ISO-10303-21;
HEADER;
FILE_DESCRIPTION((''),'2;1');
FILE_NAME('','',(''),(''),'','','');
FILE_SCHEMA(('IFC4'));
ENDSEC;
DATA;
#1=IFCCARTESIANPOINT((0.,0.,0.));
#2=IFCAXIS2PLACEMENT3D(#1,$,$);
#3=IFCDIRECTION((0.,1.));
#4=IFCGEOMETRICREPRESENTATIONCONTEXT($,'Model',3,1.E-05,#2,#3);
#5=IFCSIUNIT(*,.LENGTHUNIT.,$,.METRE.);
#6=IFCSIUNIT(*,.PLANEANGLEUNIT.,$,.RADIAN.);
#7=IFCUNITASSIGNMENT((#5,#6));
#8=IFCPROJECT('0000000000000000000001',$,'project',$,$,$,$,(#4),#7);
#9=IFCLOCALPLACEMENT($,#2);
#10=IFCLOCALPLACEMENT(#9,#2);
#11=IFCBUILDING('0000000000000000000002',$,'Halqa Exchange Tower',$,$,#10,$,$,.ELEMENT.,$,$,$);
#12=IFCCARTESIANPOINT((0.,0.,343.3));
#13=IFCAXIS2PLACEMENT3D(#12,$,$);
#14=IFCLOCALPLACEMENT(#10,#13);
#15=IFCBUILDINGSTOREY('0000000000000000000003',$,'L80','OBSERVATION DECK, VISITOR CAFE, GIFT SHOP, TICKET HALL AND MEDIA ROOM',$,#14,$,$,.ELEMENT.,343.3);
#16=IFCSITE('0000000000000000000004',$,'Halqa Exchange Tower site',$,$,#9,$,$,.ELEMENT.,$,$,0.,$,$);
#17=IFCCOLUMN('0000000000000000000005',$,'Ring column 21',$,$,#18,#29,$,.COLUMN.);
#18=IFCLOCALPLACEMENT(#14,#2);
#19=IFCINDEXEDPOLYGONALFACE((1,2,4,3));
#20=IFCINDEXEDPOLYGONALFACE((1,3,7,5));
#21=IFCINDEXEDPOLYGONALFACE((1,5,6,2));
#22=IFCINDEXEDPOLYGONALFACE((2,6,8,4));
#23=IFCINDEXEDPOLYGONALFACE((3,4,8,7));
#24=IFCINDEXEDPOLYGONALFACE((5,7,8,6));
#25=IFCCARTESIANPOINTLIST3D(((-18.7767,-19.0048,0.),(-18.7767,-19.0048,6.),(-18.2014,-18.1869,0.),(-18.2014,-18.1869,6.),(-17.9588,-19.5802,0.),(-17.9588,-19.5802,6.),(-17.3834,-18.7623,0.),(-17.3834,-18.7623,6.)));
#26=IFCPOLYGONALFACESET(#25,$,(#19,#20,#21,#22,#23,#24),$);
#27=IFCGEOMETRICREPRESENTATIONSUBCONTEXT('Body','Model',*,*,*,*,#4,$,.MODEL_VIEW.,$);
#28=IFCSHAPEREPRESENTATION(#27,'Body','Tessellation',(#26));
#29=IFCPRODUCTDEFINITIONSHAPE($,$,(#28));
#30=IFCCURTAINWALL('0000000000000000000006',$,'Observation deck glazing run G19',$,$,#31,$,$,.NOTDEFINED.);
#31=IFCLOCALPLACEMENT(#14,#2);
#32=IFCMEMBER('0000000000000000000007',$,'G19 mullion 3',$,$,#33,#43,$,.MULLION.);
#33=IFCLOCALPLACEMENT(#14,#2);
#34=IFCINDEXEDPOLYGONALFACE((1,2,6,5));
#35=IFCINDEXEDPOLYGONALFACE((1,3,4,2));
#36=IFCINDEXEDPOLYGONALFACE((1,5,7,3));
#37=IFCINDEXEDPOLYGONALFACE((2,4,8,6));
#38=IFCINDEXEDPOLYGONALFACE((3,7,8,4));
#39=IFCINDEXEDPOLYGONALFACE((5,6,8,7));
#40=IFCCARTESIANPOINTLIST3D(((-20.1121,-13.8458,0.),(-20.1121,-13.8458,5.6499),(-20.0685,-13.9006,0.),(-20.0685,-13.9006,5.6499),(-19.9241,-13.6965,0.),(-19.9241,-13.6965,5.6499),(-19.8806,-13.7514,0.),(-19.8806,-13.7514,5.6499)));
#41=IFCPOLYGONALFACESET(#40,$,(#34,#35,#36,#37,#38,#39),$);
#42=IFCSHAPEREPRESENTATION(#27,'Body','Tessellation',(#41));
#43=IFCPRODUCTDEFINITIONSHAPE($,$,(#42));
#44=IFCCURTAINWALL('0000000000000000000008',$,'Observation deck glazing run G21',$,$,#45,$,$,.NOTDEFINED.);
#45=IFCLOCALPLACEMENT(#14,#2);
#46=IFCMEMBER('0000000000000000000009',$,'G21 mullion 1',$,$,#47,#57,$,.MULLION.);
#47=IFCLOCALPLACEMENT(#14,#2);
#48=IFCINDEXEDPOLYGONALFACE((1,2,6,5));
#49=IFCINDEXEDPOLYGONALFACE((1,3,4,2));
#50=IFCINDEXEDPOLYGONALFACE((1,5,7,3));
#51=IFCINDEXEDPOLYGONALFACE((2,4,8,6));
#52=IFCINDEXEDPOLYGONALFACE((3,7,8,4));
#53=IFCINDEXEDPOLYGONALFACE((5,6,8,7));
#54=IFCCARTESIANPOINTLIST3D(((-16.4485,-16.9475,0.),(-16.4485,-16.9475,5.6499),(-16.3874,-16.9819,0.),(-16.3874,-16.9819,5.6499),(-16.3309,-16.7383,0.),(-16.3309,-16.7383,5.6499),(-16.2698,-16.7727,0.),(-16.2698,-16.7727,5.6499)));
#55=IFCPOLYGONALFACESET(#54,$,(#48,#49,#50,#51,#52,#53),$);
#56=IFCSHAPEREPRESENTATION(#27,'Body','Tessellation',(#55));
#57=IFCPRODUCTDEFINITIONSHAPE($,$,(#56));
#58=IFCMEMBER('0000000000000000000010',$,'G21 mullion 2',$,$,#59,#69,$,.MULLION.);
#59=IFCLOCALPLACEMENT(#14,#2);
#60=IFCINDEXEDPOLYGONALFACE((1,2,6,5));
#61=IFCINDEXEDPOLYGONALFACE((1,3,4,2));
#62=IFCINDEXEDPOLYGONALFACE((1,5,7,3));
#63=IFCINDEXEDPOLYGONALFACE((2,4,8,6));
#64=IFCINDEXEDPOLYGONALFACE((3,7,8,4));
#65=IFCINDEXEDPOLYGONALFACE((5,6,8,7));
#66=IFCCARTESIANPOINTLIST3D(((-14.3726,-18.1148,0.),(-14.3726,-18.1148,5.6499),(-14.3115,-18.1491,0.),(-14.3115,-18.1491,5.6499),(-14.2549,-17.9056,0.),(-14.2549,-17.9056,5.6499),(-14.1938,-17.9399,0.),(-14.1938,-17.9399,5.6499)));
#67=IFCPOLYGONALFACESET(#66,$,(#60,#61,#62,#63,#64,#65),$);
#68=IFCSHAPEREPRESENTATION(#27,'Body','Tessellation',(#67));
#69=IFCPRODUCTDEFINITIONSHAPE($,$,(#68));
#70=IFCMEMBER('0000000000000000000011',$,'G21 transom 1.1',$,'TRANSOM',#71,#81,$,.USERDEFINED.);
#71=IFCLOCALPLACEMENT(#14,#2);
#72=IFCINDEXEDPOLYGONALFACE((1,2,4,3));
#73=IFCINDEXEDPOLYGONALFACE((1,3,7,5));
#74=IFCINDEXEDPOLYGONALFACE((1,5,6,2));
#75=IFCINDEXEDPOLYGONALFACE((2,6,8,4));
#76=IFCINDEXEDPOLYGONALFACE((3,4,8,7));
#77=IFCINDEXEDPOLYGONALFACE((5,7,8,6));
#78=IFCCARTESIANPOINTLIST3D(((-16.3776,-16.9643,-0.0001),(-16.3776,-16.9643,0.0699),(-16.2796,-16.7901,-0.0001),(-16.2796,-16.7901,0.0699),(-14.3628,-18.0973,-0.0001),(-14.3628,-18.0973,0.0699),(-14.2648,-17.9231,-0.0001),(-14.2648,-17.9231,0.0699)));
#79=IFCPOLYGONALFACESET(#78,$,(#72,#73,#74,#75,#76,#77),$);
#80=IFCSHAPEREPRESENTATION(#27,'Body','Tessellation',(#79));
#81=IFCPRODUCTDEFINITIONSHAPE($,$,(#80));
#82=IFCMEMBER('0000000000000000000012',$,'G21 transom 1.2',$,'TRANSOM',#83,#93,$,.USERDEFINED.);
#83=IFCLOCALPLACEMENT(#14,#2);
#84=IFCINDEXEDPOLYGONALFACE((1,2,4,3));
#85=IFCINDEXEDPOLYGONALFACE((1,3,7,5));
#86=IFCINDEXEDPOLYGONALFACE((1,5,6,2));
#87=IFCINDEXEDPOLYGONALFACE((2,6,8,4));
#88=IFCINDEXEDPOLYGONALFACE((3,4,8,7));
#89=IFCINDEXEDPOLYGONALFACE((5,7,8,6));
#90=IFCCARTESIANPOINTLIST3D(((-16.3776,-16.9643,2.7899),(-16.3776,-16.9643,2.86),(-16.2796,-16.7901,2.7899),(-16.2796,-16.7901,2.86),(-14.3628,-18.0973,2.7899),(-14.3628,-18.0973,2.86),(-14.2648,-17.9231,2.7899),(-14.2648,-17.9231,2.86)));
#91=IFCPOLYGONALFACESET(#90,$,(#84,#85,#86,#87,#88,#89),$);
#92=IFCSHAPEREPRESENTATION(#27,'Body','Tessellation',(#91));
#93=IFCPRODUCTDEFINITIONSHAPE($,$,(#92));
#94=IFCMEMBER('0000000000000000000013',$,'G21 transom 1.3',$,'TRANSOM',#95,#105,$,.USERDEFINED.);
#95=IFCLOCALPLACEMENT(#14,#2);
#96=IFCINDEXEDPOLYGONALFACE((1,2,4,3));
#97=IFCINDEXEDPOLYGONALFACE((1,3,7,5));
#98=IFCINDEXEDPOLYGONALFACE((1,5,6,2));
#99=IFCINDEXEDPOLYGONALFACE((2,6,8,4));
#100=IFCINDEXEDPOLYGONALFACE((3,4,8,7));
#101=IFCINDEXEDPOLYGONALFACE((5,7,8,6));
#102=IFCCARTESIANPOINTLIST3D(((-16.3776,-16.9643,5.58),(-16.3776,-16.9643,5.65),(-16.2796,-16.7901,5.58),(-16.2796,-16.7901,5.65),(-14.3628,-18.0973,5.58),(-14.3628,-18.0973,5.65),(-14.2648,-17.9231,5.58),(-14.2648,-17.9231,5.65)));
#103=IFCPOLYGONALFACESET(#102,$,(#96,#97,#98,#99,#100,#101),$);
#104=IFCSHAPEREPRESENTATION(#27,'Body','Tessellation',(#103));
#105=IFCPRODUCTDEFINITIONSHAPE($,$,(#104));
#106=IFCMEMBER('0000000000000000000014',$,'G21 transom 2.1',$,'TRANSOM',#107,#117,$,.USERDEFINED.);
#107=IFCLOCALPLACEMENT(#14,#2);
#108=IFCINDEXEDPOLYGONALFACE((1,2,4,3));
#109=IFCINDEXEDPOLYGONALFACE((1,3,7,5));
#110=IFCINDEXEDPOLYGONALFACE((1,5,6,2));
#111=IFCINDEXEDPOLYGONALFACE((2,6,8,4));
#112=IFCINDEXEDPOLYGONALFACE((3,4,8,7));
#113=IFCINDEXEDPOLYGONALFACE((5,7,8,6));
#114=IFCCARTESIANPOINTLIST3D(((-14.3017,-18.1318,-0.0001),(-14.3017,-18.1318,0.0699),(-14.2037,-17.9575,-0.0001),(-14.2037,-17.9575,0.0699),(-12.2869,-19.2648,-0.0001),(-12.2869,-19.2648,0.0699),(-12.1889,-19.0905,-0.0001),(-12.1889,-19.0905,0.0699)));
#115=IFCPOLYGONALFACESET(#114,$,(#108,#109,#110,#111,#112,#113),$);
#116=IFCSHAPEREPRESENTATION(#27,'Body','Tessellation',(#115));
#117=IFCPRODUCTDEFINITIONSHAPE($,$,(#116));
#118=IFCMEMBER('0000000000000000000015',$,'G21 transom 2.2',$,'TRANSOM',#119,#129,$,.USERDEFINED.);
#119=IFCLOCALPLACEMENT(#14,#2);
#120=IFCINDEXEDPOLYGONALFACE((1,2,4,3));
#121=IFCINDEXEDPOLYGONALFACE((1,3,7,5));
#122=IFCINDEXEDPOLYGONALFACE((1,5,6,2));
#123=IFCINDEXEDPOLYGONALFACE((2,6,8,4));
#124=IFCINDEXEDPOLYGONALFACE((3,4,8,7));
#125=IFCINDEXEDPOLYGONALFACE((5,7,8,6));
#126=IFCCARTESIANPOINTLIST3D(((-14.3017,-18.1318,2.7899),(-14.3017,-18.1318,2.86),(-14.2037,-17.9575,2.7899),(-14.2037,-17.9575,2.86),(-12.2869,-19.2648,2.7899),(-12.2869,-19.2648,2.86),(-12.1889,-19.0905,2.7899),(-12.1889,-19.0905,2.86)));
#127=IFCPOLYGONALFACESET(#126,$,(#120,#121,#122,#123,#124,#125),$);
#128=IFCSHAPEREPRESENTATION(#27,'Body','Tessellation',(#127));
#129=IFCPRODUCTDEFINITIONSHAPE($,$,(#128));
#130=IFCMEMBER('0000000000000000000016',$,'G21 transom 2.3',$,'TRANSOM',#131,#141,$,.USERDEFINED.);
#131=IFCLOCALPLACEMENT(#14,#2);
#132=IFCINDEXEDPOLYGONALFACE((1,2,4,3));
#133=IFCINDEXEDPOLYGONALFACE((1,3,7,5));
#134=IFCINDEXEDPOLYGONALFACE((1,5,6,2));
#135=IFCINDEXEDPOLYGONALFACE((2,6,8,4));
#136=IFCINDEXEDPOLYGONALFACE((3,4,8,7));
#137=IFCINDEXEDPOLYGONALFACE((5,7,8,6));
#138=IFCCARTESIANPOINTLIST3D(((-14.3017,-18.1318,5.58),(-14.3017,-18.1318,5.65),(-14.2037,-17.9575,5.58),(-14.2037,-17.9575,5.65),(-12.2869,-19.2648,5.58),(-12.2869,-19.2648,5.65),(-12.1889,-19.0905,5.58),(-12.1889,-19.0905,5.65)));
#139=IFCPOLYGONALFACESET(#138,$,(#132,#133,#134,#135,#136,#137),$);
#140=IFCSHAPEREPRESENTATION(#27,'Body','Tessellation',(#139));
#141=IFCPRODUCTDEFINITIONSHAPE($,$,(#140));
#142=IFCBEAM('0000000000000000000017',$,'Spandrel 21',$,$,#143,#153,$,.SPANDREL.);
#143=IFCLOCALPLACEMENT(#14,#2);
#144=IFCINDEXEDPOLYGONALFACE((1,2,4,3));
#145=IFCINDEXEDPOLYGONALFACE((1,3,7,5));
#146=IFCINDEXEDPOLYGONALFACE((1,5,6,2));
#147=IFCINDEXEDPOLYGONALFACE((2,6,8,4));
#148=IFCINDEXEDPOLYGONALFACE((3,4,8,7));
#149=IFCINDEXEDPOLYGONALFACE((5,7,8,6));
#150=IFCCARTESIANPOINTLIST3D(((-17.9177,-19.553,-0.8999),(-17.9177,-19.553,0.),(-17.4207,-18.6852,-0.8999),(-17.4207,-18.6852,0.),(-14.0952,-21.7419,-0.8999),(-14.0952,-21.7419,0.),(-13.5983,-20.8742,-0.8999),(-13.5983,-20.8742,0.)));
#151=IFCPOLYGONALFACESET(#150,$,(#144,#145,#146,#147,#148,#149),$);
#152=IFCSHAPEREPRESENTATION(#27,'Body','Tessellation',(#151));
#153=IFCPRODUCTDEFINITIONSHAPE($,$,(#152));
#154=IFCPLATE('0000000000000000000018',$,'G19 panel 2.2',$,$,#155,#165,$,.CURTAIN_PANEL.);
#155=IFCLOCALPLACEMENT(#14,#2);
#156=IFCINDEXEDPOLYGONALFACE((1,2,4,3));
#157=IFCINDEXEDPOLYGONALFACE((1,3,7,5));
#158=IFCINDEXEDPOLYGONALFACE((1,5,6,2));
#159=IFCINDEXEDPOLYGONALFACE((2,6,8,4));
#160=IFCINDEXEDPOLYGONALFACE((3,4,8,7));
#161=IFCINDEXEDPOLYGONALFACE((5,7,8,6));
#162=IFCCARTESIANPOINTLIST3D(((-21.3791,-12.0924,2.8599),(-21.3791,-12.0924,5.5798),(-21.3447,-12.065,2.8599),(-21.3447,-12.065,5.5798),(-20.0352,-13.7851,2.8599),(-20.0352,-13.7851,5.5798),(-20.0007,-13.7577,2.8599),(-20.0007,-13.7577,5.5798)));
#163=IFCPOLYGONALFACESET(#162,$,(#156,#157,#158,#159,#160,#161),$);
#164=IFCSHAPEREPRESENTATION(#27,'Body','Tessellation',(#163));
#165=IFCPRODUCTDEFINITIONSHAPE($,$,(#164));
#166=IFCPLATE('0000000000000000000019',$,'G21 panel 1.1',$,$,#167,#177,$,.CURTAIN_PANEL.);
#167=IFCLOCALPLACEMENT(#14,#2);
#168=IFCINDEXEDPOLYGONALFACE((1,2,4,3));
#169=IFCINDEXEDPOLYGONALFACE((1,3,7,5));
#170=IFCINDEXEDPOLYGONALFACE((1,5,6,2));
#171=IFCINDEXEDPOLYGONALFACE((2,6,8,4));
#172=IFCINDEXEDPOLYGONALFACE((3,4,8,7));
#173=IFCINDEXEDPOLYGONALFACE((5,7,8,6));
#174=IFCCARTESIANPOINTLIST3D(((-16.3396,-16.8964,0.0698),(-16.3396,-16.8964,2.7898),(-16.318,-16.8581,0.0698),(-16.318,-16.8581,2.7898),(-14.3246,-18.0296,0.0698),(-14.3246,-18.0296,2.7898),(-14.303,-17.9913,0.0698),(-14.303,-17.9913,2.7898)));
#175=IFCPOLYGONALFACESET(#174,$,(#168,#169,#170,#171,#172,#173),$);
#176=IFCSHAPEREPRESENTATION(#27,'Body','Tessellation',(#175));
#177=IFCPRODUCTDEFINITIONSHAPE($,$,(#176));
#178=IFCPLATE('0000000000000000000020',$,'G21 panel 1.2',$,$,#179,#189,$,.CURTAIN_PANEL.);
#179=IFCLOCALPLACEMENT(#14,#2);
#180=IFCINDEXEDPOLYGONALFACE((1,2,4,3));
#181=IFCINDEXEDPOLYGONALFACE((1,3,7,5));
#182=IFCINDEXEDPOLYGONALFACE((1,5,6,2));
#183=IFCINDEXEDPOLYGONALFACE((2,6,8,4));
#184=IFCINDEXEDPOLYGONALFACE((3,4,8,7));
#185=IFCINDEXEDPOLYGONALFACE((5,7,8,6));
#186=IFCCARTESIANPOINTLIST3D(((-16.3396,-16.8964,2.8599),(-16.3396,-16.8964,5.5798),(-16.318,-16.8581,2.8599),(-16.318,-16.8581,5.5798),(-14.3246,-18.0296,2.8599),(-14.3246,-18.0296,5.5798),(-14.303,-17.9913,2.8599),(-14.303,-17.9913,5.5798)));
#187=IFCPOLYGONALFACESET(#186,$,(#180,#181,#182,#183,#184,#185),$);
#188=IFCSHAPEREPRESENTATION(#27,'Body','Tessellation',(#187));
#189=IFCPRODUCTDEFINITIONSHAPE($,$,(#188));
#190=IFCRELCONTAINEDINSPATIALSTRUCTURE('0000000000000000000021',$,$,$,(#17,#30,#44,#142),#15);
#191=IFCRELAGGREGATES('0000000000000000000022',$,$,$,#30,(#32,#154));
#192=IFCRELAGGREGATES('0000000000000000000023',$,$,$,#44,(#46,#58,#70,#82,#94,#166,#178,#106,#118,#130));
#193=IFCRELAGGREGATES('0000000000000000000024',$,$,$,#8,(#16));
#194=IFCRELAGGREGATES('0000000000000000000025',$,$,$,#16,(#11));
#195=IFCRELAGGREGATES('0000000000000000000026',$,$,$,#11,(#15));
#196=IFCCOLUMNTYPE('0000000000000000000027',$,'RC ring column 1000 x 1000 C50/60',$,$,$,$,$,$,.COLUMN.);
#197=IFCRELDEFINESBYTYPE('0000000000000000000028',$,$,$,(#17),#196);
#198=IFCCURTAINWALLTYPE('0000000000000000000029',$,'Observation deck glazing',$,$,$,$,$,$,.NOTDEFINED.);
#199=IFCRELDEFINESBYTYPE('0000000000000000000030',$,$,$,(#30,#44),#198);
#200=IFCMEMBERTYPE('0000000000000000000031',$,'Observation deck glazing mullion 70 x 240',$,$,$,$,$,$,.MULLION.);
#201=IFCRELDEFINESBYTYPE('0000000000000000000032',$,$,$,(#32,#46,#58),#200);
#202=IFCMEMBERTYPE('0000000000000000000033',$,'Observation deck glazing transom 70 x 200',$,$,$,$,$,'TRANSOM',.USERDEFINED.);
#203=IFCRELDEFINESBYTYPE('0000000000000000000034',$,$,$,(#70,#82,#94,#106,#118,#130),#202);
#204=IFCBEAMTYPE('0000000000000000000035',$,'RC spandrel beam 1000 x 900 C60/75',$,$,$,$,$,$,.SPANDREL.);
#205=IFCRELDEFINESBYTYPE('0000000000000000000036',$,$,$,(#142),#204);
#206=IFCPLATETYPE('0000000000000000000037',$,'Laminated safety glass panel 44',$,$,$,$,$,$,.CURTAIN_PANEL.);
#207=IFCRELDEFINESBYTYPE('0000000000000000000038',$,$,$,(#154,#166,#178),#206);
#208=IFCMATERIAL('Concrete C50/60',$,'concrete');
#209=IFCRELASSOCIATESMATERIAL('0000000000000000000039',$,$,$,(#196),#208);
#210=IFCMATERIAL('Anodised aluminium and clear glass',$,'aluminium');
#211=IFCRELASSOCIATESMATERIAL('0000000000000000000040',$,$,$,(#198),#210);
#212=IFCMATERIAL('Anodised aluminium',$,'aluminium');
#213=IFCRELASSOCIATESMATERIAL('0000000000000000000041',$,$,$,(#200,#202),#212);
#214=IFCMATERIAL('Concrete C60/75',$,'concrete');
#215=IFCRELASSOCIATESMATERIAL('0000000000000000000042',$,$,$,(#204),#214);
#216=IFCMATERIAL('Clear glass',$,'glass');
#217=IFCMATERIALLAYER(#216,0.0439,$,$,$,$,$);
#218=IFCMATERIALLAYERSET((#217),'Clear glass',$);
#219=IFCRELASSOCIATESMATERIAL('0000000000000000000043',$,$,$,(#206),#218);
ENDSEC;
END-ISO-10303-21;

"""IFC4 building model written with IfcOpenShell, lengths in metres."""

from ifc_helpers import new_model, si_unit, direction, frame, origin, origin_2d, place, context, subcontext, project, spatial, rectangle, extrude, material, layer, layer_set, material_profile, profile_set, type_object, element, aggregate, save


model = new_model("IFC4")

# Units and contexts
model_context = context("Model", 3, precision=1e-05, world=origin(), true_north=direction((0.0, 1.0)))
body_context = subcontext(model_context, "Body", "Model", "MODEL_VIEW")
ifc_project = project(units=[si_unit("LENGTHUNIT", "METRE"), si_unit("PLANEANGLEUNIT", "RADIAN")], contexts=[model_context])

# Site, building, storey
site_placement = place(None, origin())
site = spatial("IfcSite", under=ifc_project, at=site_placement, Name="Halqa Exchange Tower site", CompositionType="ELEMENT", RefElevation=0.0)
building_placement = place(site_placement, origin())
building = spatial("IfcBuilding", under=site, at=building_placement, Name="Halqa Exchange Tower", CompositionType="ELEMENT")
storey_placement = place(building_placement, frame((0.0, 0.0, 343.3)))
storey = spatial("IfcBuildingStorey", under=building, at=storey_placement, Name="L80", Description="OBSERVATION DECK, VISITOR CAFE, GIFT SHOP, TICKET HALL AND MEDIA ROOM", CompositionType="ELEMENT", Elevation=343.3)

# Column
ifc_material_1 = material(Name="Concrete C50/60", Category="concrete")
ifc_material_profile_1 = material_profile(ifc_material_1, rectangle(XDim=1.0, YDim=1.0, at=origin_2d()), Name="1000 x 1000")
ifc_profile_set_1 = profile_set([ifc_material_profile_1], Name="Concrete C50/60")
column_type = type_object("IfcColumnType", Name="RC ring column 1000 x 1000 C50/60", PredefinedType="COLUMN", material=ifc_profile_set_1)
column_placement = place(storey_placement, frame((-18.0801, -18.8835, 0.0), z_axis=(0.0, 0.0, 1.0), x_axis=(0.817907, -0.575351, 0.0)))
element("IfcColumn", 1, at=column_placement, inside=storey, type_object=column_type, Name="Ring column 21", PredefinedType="COLUMN", context=body_context, shape_type="SweptSolid", body=[
    extrude(rectangle(XDim=1.0, YDim=1.0, at=origin_2d()), origin(), (0.0, 0.0, 1.0), 6.0),
])

# Curtain wall, member
ifc_material_2 = material(Name="Anodised aluminium and clear glass", Category="aluminium")
curtain_wall_type = type_object("IfcCurtainWallType", Name="Observation deck glazing", PredefinedType="NOTDEFINED", material=ifc_material_2)
curtain_wall_1_placement = place(storey_placement, origin())
curtain_wall_1 = element("IfcCurtainWall", 2, at=curtain_wall_1_placement, inside=storey, type_object=curtain_wall_type, Name="Observation deck glazing run G19", PredefinedType="NOTDEFINED")
ifc_material_3 = material(Name="Anodised aluminium", Category="aluminium")
ifc_material_profile_2 = material_profile(ifc_material_3, rectangle(XDim=0.24, YDim=0.0701, at=origin_2d()), Name="AL 70x240")
ifc_profile_set_2 = profile_set([ifc_material_profile_2], Name="Anodised aluminium")
member_type_1 = type_object("IfcMemberType", Name="Observation deck glazing mullion 70 x 240", PredefinedType="MULLION", material=ifc_profile_set_2)
member_1_placement = place(storey_placement, frame((-19.9963, -13.7986, 0.0), z_axis=(0.0, 0.0, 1.0), x_axis=(0.783162, 0.621817, 0.0)))
member_1 = element("IfcMember", 3, at=member_1_placement, type_object=member_type_1, Name="G19 mullion 3", PredefinedType="MULLION", context=body_context, shape_type="SweptSolid", body=[
    extrude(rectangle(XDim=0.24, YDim=0.0701, at=origin_2d()), origin(), (0.0, 0.0, 1.0), 5.6499),
])

# Curtain wall, members
curtain_wall_2_placement = place(storey_placement, origin())
curtain_wall_2 = element("IfcCurtainWall", 4, at=curtain_wall_2_placement, inside=storey, type_object=curtain_wall_type, Name="Observation deck glazing run G21", PredefinedType="NOTDEFINED")
member_2_placement = place(storey_placement, frame((-16.3591, -16.8601, 0.0), z_axis=(0.0, 0.0, 1.0), x_axis=(0.490158, 0.871634, 0.0)))
member_2 = element("IfcMember", 5, at=member_2_placement, type_object=member_type_1, Name="G21 mullion 1", PredefinedType="MULLION", context=body_context, shape_type="SweptSolid", body=[
    extrude(rectangle(XDim=0.24, YDim=0.0701, at=origin_2d()), origin(), (0.0, 0.0, 1.0), 5.6499),
])
member_3_placement = place(storey_placement, frame((-14.2832, -18.0273, 0.0), z_axis=(0.0, 0.0, 1.0), x_axis=(0.490158, 0.871634, 0.0)))
member_3 = element("IfcMember", 6, at=member_3_placement, type_object=member_type_1, Name="G21 mullion 2", PredefinedType="MULLION", context=body_context, shape_type="SweptSolid", body=[
    extrude(rectangle(XDim=0.24, YDim=0.0701, at=origin_2d()), origin(), (0.0, 0.0, 1.0), 5.6499),
])
ifc_material_profile_3 = material_profile(ifc_material_3, rectangle(XDim=0.2, YDim=0.0701, at=origin_2d()), Name="AL 70x200")
ifc_profile_set_3 = profile_set([ifc_material_profile_3], Name="Anodised aluminium")
member_type_2 = type_object("IfcMemberType", Name="Observation deck glazing transom 70 x 200", ElementType="TRANSOM", PredefinedType="USERDEFINED", material=ifc_profile_set_3)
member_4_placement = place(storey_placement, frame((-16.3286, -16.8772, 0.0349), z_axis=(0.871635, -0.490156, 0.0), x_axis=(0.490156, 0.871635, 0.0)))
member_4 = element("IfcMember", 7, at=member_4_placement, type_object=member_type_2, Name="G21 transom 1.1", ObjectType="TRANSOM", PredefinedType="USERDEFINED", context=body_context, shape_type="SweptSolid", body=[
    extrude(rectangle(XDim=0.2, YDim=0.0701, at=origin_2d()), origin(), (0.0, 0.0, 1.0), 2.3115),
])
member_5_placement = place(storey_placement, frame((-16.3286, -16.8772, 2.825), z_axis=(0.871635, -0.490156, 0.0), x_axis=(0.490156, 0.871635, 0.0)))
member_5 = element("IfcMember", 8, at=member_5_placement, type_object=member_type_2, Name="G21 transom 1.2", ObjectType="TRANSOM", PredefinedType="USERDEFINED", context=body_context, shape_type="SweptSolid", body=[
    extrude(rectangle(XDim=0.2, YDim=0.0701, at=origin_2d()), origin(), (0.0, 0.0, 1.0), 2.3115),
])
member_6_placement = place(storey_placement, frame((-16.3286, -16.8772, 5.615), z_axis=(0.871635, -0.490156, 0.0), x_axis=(0.490156, 0.871635, 0.0)))
member_6 = element("IfcMember", 9, at=member_6_placement, type_object=member_type_2, Name="G21 transom 1.3", ObjectType="TRANSOM", PredefinedType="USERDEFINED", context=body_context, shape_type="SweptSolid", body=[
    extrude(rectangle(XDim=0.2, YDim=0.0701, at=origin_2d()), origin(), (0.0, 0.0, 1.0), 2.3115),
])
member_7_placement = place(storey_placement, frame((-14.2527, -18.0447, 0.0349), z_axis=(0.871635, -0.490156, 0.0), x_axis=(0.490156, 0.871635, 0.0)))
member_7 = element("IfcMember", 10, at=member_7_placement, type_object=member_type_2, Name="G21 transom 2.1", ObjectType="TRANSOM", PredefinedType="USERDEFINED", context=body_context, shape_type="SweptSolid", body=[
    extrude(rectangle(XDim=0.2, YDim=0.0701, at=origin_2d()), origin(), (0.0, 0.0, 1.0), 2.3115),
])
member_8_placement = place(storey_placement, frame((-14.2527, -18.0447, 2.825), z_axis=(0.871635, -0.490156, 0.0), x_axis=(0.490156, 0.871635, 0.0)))
member_8 = element("IfcMember", 11, at=member_8_placement, type_object=member_type_2, Name="G21 transom 2.2", ObjectType="TRANSOM", PredefinedType="USERDEFINED", context=body_context, shape_type="SweptSolid", body=[
    extrude(rectangle(XDim=0.2, YDim=0.0701, at=origin_2d()), origin(), (0.0, 0.0, 1.0), 2.3115),
])
member_9_placement = place(storey_placement, frame((-14.2527, -18.0447, 5.615), z_axis=(0.871635, -0.490156, 0.0), x_axis=(0.490156, 0.871635, 0.0)))
member_9 = element("IfcMember", 12, at=member_9_placement, type_object=member_type_2, Name="G21 transom 2.3", ObjectType="TRANSOM", PredefinedType="USERDEFINED", context=body_context, shape_type="SweptSolid", body=[
    extrude(rectangle(XDim=0.2, YDim=0.0701, at=origin_2d()), origin(), (0.0, 0.0, 1.0), 2.3115),
])

# Beam
ifc_material_4 = material(Name="Concrete C60/75", Category="concrete")
ifc_material_profile_4 = material_profile(ifc_material_4, rectangle(XDim=1.0, YDim=0.8999, at=origin_2d()), Name="1000 x 900")
ifc_profile_set_4 = profile_set([ifc_material_profile_4], Name="Concrete C60/75")
beam_type = type_object("IfcBeamType", Name="RC spandrel beam 1000 x 900 C60/75", PredefinedType="SPANDREL", material=ifc_profile_set_4)
beam_placement = place(storey_placement, frame((-17.6692, -19.1191, -0.45), z_axis=(0.867786, -0.496939, 0.0), x_axis=(0.496939, 0.867786, 0.0)))
element("IfcBeam", 13, at=beam_placement, inside=storey, type_object=beam_type, Name="Spandrel 21", PredefinedType="SPANDREL", context=body_context, shape_type="SweptSolid", body=[
    extrude(rectangle(XDim=1.0, YDim=0.8999, at=origin_2d()), origin(), (0.0, 0.0, 1.0), 4.4048),
])

# Plates
ifc_material_5 = material(Name="Clear glass", Category="glass")
ifc_layer_1 = layer(ifc_material_5, 0.0439)
ifc_layer_set_1 = layer_set([ifc_layer_1], Name="Clear glass")
plate_type = type_object("IfcPlateType", Name="Laminated safety glass panel 44", PredefinedType="CURTAIN_PANEL", material=ifc_layer_set_1)
plate_1_placement = place(storey_placement, frame((-20.6899, -12.925, 2.8599), z_axis=(0.0, 0.0, 1.0), x_axis=(0.621817, -0.783162, 0.0)))
plate_1 = element("IfcPlate", 14, at=plate_1_placement, type_object=plate_type, Name="G19 panel 2.2", PredefinedType="CURTAIN_PANEL", context=body_context, shape_type="SweptSolid", body=[
    extrude(rectangle(XDim=2.1614, YDim=0.0439, at=origin_2d()), origin(), (0.0, 0.0, 1.0), 2.72),
])
aggregate(curtain_wall_1, [member_1, plate_1])
plate_2_placement = place(storey_placement, frame((-15.3213, -17.4438, 0.0698), z_axis=(0.0, 0.0, 1.0), x_axis=(0.871634, -0.490158, 0.0)))
plate_2 = element("IfcPlate", 15, at=plate_2_placement, type_object=plate_type, Name="G21 panel 1.1", PredefinedType="CURTAIN_PANEL", context=body_context, shape_type="SweptSolid", body=[
    extrude(rectangle(XDim=2.3118, YDim=0.0439, at=origin_2d()), origin(), (0.0, 0.0, 1.0), 2.72),
])
plate_3_placement = place(storey_placement, frame((-15.3213, -17.4438, 2.8599), z_axis=(0.0, 0.0, 1.0), x_axis=(0.871634, -0.490158, 0.0)))
plate_3 = element("IfcPlate", 16, at=plate_3_placement, type_object=plate_type, Name="G21 panel 1.2", PredefinedType="CURTAIN_PANEL", context=body_context, shape_type="SweptSolid", body=[
    extrude(rectangle(XDim=2.3118, YDim=0.0439, at=origin_2d()), origin(), (0.0, 0.0, 1.0), 2.72),
])
aggregate(curtain_wall_2, [member_2, member_3, member_4, member_5, member_6, plate_2, plate_3, member_7, member_8, member_9])

save(model, "model.ifc")
